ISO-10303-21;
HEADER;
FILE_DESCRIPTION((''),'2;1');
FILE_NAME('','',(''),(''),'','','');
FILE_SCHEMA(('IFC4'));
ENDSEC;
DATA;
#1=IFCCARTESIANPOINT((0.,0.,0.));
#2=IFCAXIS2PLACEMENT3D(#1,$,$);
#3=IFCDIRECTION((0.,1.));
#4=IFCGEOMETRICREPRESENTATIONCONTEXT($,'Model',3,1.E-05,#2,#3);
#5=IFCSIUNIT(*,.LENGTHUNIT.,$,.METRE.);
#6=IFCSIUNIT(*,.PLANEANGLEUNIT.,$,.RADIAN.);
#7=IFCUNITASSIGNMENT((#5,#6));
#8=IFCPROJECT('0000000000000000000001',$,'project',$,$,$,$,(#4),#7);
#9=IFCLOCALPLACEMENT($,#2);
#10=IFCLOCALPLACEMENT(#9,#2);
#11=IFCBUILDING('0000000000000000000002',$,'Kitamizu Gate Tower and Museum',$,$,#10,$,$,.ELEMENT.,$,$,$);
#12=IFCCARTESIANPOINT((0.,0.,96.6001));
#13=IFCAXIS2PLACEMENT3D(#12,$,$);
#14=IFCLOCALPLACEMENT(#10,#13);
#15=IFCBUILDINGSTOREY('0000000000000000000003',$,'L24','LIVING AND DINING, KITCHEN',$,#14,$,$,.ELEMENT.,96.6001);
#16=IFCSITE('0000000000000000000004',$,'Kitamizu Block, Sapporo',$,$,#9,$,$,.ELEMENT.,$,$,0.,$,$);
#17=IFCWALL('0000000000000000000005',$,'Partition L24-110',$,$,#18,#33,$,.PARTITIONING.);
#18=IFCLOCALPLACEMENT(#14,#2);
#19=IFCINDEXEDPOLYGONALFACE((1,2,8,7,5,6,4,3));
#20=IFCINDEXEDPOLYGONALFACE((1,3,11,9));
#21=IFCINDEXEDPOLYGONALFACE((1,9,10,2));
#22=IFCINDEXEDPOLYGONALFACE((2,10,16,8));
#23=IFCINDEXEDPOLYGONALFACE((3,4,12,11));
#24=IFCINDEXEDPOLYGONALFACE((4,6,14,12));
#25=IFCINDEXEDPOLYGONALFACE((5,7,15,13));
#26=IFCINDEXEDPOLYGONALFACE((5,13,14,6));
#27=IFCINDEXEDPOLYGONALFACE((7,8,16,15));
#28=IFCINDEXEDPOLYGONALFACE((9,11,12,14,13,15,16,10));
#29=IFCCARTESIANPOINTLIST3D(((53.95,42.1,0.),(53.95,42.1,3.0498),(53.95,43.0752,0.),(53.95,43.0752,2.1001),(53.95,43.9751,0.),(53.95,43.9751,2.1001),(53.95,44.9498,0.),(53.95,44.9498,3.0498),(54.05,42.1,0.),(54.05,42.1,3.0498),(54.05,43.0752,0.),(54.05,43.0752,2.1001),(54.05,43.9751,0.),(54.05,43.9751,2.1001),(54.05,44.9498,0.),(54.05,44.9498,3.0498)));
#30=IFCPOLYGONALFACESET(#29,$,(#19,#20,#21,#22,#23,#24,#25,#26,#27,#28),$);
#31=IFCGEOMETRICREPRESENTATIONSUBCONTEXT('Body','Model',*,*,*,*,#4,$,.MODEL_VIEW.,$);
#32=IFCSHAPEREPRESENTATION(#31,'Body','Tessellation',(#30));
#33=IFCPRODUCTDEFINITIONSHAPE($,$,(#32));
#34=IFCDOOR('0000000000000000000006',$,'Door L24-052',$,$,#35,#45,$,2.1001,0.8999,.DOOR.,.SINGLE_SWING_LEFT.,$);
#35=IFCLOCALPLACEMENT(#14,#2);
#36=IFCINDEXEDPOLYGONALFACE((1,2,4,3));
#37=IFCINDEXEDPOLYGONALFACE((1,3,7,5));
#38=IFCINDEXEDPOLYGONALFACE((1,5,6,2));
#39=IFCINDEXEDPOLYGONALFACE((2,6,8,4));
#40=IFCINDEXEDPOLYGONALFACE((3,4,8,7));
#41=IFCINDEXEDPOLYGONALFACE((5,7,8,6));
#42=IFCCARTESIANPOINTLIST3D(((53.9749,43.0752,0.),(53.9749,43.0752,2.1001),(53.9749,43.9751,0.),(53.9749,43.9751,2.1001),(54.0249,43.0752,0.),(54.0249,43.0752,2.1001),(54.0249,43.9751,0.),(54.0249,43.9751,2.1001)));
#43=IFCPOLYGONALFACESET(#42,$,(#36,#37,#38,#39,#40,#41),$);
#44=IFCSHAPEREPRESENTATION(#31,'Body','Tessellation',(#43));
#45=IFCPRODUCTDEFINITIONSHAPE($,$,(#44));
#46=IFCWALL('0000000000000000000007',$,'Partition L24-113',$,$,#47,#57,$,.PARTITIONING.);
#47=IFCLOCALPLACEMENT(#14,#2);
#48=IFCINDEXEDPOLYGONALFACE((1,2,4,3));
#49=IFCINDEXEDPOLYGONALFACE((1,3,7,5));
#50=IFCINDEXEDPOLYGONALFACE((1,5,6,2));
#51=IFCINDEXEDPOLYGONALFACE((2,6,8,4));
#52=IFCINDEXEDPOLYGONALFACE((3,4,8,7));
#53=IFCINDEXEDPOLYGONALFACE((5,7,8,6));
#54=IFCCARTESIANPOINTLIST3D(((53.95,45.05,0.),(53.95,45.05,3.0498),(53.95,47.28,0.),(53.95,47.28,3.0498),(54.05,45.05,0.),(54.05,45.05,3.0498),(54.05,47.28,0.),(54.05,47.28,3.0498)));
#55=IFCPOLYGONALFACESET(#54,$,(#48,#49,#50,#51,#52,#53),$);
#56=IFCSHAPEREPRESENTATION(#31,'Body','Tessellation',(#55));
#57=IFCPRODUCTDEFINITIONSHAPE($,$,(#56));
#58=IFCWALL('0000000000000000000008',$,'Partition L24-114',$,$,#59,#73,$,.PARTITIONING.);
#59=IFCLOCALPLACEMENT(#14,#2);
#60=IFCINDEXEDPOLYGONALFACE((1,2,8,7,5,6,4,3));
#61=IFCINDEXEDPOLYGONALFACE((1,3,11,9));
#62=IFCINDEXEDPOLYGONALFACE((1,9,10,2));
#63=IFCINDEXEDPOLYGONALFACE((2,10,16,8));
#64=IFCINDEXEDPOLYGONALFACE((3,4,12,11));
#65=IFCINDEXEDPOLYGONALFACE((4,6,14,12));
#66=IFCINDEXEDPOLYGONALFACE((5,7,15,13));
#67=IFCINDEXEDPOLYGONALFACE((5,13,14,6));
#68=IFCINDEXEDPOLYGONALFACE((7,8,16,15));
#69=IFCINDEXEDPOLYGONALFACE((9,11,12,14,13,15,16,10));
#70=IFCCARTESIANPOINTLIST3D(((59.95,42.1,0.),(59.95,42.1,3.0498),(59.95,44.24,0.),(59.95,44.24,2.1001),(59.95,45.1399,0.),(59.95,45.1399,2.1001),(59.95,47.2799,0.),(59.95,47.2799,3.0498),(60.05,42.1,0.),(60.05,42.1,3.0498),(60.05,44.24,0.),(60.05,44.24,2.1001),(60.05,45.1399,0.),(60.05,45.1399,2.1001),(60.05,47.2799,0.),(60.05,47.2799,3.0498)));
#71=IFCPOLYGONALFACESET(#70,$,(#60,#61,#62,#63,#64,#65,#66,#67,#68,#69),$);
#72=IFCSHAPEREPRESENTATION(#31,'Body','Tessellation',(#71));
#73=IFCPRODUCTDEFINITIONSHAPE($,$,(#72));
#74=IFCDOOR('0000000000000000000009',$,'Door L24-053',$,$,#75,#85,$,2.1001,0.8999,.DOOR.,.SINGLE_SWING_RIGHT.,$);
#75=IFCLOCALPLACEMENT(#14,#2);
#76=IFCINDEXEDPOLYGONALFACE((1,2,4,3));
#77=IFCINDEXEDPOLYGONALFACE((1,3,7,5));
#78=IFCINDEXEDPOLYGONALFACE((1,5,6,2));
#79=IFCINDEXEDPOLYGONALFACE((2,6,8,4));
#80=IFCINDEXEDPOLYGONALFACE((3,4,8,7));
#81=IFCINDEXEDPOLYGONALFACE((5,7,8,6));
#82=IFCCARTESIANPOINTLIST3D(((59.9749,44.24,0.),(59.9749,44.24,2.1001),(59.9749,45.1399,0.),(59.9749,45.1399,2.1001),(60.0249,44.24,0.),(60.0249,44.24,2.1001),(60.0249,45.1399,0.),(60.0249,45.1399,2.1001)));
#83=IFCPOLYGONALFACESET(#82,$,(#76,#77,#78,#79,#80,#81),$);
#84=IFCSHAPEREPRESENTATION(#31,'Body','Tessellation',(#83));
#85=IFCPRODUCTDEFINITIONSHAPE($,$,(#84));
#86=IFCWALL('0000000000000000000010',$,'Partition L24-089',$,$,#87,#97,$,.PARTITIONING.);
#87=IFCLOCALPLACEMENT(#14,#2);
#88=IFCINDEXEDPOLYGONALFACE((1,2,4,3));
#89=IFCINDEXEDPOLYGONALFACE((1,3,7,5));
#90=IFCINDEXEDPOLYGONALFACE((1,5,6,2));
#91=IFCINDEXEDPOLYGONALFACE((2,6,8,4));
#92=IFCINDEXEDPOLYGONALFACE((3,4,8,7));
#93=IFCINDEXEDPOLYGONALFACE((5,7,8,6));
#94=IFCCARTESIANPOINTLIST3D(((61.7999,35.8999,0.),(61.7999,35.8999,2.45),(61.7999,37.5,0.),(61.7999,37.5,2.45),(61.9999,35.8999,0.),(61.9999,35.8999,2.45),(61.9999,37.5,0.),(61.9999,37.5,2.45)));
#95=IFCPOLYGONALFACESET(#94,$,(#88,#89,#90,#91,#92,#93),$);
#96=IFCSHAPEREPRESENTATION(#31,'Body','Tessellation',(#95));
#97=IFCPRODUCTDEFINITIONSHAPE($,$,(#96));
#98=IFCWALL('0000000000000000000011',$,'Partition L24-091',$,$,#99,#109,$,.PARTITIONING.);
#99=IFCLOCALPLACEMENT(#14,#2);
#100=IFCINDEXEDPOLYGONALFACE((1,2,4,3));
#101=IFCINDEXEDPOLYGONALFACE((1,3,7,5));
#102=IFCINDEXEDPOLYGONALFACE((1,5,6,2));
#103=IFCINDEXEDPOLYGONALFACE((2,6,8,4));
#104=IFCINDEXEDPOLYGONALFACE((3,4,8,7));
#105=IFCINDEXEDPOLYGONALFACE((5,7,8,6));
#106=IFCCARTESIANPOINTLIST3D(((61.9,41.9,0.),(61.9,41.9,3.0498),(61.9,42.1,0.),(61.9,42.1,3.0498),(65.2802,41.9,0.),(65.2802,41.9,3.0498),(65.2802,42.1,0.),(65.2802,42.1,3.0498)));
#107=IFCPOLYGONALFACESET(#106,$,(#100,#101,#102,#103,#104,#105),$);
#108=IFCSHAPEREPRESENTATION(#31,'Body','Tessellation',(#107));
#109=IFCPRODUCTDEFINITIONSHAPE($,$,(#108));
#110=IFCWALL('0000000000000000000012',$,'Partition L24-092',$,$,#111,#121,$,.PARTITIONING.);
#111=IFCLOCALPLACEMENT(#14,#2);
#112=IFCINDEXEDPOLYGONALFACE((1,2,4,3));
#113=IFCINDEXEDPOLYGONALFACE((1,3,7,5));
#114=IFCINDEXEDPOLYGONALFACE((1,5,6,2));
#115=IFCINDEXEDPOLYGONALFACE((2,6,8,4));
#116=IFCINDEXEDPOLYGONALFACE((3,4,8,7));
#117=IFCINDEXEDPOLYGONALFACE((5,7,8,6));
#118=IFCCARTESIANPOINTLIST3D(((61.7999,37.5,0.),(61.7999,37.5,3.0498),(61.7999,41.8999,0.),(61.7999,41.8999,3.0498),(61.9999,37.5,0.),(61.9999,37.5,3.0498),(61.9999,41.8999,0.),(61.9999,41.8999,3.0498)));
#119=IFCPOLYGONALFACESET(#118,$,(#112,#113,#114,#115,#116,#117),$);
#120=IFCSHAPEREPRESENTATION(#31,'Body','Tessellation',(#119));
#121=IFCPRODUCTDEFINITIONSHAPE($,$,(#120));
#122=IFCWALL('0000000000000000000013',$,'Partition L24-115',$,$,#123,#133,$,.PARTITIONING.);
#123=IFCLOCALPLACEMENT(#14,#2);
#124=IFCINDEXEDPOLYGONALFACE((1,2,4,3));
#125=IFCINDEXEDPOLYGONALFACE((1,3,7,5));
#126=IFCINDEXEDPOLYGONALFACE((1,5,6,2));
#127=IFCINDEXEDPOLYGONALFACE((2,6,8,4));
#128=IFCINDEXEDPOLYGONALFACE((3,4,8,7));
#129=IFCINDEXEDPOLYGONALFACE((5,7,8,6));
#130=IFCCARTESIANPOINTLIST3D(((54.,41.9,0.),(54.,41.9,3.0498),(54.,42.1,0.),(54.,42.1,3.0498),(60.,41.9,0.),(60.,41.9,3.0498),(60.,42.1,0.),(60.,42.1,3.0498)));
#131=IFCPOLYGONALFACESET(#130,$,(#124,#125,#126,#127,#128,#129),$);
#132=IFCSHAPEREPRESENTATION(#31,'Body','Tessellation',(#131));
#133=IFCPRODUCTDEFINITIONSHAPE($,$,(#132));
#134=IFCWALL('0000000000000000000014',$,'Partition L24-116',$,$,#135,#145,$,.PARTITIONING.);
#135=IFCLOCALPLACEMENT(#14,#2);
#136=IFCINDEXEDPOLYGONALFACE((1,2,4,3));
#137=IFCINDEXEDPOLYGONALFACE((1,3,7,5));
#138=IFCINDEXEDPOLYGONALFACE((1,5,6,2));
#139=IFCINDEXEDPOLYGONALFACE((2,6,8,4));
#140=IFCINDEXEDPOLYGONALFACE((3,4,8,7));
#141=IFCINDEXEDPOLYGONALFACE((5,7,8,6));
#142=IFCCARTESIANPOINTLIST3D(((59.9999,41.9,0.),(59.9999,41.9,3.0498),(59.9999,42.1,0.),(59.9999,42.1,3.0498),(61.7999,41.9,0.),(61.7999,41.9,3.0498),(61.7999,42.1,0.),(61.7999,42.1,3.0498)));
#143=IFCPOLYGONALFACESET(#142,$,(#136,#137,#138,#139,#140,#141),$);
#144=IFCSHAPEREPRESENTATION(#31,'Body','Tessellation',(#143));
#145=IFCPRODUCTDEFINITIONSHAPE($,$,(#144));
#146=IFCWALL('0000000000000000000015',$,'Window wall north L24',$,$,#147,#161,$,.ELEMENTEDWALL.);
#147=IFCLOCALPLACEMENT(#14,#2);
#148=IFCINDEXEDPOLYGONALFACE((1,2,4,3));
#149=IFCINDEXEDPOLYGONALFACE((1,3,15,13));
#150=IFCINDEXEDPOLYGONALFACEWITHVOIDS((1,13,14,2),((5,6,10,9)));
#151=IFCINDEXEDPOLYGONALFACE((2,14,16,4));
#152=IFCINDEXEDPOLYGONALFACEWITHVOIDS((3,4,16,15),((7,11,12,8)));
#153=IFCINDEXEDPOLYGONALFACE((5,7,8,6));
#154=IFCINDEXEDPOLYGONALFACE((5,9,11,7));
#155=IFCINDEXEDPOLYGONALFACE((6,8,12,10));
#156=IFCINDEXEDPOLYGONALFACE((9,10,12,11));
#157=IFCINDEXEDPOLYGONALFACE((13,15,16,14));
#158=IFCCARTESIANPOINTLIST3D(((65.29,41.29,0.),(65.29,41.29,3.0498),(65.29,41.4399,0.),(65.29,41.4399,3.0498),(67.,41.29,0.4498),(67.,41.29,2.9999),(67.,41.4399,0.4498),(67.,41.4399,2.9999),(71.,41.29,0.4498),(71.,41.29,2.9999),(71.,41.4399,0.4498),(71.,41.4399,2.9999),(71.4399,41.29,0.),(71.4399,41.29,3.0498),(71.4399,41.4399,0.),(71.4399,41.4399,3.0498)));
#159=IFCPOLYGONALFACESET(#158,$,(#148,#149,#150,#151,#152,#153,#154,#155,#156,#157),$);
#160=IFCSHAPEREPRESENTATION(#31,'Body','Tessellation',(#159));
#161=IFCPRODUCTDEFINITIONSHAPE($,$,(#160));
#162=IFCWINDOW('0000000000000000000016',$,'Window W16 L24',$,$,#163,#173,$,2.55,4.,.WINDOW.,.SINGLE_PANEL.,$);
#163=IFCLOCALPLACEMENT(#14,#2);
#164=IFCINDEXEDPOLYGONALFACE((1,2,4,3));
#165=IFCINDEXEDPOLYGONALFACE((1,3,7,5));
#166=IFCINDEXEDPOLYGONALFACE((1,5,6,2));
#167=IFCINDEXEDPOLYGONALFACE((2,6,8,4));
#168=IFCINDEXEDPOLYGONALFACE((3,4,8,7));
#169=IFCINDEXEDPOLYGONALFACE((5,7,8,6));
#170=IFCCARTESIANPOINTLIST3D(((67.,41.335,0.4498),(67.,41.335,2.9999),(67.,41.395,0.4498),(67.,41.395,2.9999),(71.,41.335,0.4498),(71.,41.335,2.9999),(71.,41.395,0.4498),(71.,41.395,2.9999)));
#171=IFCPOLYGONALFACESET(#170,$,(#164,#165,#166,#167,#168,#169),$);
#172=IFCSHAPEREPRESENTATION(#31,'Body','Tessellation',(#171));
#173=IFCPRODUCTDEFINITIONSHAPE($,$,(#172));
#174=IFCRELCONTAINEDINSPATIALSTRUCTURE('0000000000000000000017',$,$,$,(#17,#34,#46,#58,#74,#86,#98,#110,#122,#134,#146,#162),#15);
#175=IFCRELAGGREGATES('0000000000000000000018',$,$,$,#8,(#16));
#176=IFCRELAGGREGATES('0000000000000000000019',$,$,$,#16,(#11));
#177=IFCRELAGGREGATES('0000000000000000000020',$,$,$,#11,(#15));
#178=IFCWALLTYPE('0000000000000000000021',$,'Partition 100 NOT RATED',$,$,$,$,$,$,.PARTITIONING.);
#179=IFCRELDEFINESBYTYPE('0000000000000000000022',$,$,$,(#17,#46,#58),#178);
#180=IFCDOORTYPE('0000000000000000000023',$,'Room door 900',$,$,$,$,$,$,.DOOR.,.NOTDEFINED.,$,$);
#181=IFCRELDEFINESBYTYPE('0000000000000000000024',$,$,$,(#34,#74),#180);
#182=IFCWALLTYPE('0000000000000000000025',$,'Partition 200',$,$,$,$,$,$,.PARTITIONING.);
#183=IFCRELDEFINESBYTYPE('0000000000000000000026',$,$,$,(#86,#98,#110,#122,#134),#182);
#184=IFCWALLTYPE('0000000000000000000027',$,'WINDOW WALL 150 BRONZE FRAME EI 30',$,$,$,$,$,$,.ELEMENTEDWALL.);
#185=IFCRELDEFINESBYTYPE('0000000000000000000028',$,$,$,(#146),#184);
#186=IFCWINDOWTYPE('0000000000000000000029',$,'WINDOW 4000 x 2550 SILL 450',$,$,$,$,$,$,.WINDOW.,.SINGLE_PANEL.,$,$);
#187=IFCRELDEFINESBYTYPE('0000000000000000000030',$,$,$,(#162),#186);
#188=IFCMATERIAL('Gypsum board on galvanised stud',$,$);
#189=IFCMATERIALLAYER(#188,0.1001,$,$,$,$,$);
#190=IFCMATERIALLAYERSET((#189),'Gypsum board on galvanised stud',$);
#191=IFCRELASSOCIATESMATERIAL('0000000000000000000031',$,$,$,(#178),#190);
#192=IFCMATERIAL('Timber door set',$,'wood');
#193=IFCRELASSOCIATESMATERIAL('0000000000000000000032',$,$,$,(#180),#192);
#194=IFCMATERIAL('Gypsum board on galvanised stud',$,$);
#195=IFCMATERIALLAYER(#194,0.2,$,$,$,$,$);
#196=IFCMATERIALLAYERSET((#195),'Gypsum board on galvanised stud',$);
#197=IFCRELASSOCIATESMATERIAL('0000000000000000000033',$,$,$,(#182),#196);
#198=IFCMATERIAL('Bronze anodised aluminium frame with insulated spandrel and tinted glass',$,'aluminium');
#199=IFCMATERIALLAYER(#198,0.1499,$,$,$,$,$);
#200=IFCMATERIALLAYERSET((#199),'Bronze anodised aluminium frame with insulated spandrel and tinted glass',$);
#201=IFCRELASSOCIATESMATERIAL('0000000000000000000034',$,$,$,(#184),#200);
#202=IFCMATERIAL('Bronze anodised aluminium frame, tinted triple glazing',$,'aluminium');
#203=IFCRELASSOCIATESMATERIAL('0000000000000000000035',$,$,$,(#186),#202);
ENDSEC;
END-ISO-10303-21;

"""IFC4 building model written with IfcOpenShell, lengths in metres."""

from ifc_helpers import new_model, si_unit, direction, frame, frame_2d, origin, place, context, subcontext, project, spatial, rectangle, extrude, material, layer, layer_set, type_object, element, fill, save


model = new_model("IFC4")

# Units and contexts
model_context = context("Model", 3, precision=1e-05, world=origin(), true_north=direction((0.0, 1.0)))
body_context = subcontext(model_context, "Body", "Model", "MODEL_VIEW")
ifc_project = project(units=[si_unit("LENGTHUNIT", "METRE"), si_unit("PLANEANGLEUNIT", "RADIAN")], contexts=[model_context])

# Site, building, storey
site_placement = place(None, origin())
site = spatial("IfcSite", under=ifc_project, at=site_placement, Name="Kitamizu Block, Sapporo", CompositionType="ELEMENT", RefElevation=0.0)
building_placement = place(site_placement, origin())
building = spatial("IfcBuilding", under=site, at=building_placement, Name="Kitamizu Gate Tower and Museum", CompositionType="ELEMENT")
storey_placement = place(building_placement, frame((0.0, 0.0, 96.6001)))
storey = spatial("IfcBuildingStorey", under=building, at=storey_placement, Name="L24", Description="LIVING AND DINING, KITCHEN", CompositionType="ELEMENT", Elevation=96.6001)

# Shared definitions
ifc_material_1 = material(Name="Gypsum board on galvanised stud")
ifc_layer_1 = layer(ifc_material_1, 0.1001)
ifc_layer_set_1 = layer_set([ifc_layer_1], Name="Gypsum board on galvanised stud")
wall_type_1 = type_object("IfcWallType", Name="Partition 100 NOT RATED", PredefinedType="PARTITIONING", material=ifc_layer_set_1)

# Wall, opening, door
ifc_material_2 = material(Name="Timber door set", Category="wood")
door_type_1 = type_object("IfcDoorType", Name="Room door 900", OperationType="NOTDEFINED", PredefinedType="DOOR", material=ifc_material_2)
wall_1_placement = place(storey_placement, frame((54.0, 42.1001, 0.0), z_axis=(0.0, 0.0, 1.0), x_axis=(0.0, 1.0, 0.0)))
wall_1 = element("IfcWall", 1, at=wall_1_placement, inside=storey, type_object=wall_type_1, Name="Partition L24-110", PredefinedType="PARTITIONING", context=body_context, shape_type="SweptSolid", body=[
    extrude(rectangle(XDim=2.8499, YDim=0.1001, at=frame_2d((1.4248, 0.0))), origin(), (0.0, 0.0, 1.0), 3.0498),
])
opening_1_placement = place(wall_1_placement, frame((0.9751, 0.0, 0.0)))
opening_1 = element("IfcOpeningElement", 2, at=opening_1_placement, cuts=wall_1, PredefinedType="OPENING", context=body_context, shape_type="SweptSolid", body=[
    extrude(rectangle(XDim=0.8999, YDim=2.1001, at=frame_2d((0.45, 1.05))), frame((0.0, 0.0601, 0.0), z_axis=(0.0, -1.0, 0.0), x_axis=(1.0, 0.0, 0.0)), (0.0, 0.0, 1.0), 0.1201),
])
door_1_placement = place(opening_1_placement, frame((0.8999, 0.0, 0.0), x_axis=(-1.0, 0.0, 0.0)))
door_1 = element("IfcDoor", 3, at=door_1_placement, inside=storey, type_object=door_type_1, Name="Door L24-052", OperationType="SINGLE_SWING_LEFT", OverallHeight=2.1001, OverallWidth=0.8999, PredefinedType="DOOR", context=body_context, shape_type="SweptSolid", body=[
    extrude(rectangle(XDim=0.8999, YDim=2.1001, at=frame_2d((0.45, 1.05))), frame((0.0, 0.0249, 0.0), z_axis=(0.0, -1.0, 0.0), x_axis=(1.0, 0.0, 0.0)), (0.0, 0.0, 1.0), 0.05),
])
fill(opening_1, door_1)

# Wall
wall_2_placement = place(storey_placement, frame((54.0, 45.05, 0.0), z_axis=(0.0, 0.0, 1.0), x_axis=(0.0, 1.0, 0.0)))
element("IfcWall", 4, at=wall_2_placement, inside=storey, type_object=wall_type_1, Name="Partition L24-113", PredefinedType="PARTITIONING", context=body_context, shape_type="SweptSolid", body=[
    extrude(rectangle(XDim=2.23, YDim=0.1001, at=frame_2d((1.115, 0.0))), origin(), (0.0, 0.0, 1.0), 3.0498),
])

# Wall, opening, door
wall_3_placement = place(storey_placement, frame((60.0, 42.1001, 0.0), z_axis=(0.0, 0.0, 1.0), x_axis=(0.0, 1.0, 0.0)))
wall_3 = element("IfcWall", 5, at=wall_3_placement, inside=storey, type_object=wall_type_1, Name="Partition L24-114", PredefinedType="PARTITIONING", context=body_context, shape_type="SweptSolid", body=[
    extrude(rectangle(XDim=5.1799, YDim=0.1001, at=frame_2d((2.5898, 0.0))), origin(), (0.0, 0.0, 1.0), 3.0498),
])
opening_2_placement = place(wall_3_placement, frame((2.1399, 0.0, 0.0)))
opening_2 = element("IfcOpeningElement", 6, at=opening_2_placement, cuts=wall_3, PredefinedType="OPENING", context=body_context, shape_type="SweptSolid", body=[
    extrude(rectangle(XDim=0.8999, YDim=2.1001, at=frame_2d((0.45, 1.05))), frame((0.0, 0.0601, 0.0), z_axis=(0.0, -1.0, 0.0), x_axis=(1.0, 0.0, 0.0)), (0.0, 0.0, 1.0), 0.1201),
])
door_2_placement = place(opening_2_placement, frame((0.8999, 0.0, 0.0), x_axis=(-1.0, 0.0, 0.0)))
door_2 = element("IfcDoor", 7, at=door_2_placement, inside=storey, type_object=door_type_1, Name="Door L24-053", OperationType="SINGLE_SWING_RIGHT", OverallHeight=2.1001, OverallWidth=0.8999, PredefinedType="DOOR", context=body_context, shape_type="SweptSolid", body=[
    extrude(rectangle(XDim=0.8999, YDim=2.1001, at=frame_2d((0.45, 1.05))), frame((0.0, 0.0249, 0.0), z_axis=(0.0, -1.0, 0.0), x_axis=(1.0, 0.0, 0.0)), (0.0, 0.0, 1.0), 0.05),
])
fill(opening_2, door_2)

# Walls
ifc_material_3 = material(Name="Gypsum board on galvanised stud")
ifc_layer_2 = layer(ifc_material_3, 0.2)
ifc_layer_set_2 = layer_set([ifc_layer_2], Name="Gypsum board on galvanised stud")
wall_type_2 = type_object("IfcWallType", Name="Partition 200", PredefinedType="PARTITIONING", material=ifc_layer_set_2)
wall_4_placement = place(storey_placement, frame((61.8999, 37.5, 0.0), z_axis=(0.0, 0.0, 1.0), x_axis=(0.0, -1.0, 0.0)))
element("IfcWall", 8, at=wall_4_placement, inside=storey, type_object=wall_type_2, Name="Partition L24-089", PredefinedType="PARTITIONING", context=body_context, shape_type="SweptSolid", body=[
    extrude(rectangle(XDim=1.6001, YDim=0.2, at=frame_2d((0.8, 0.0))), origin(), (0.0, 0.0, 1.0), 2.45),
])
wall_5_placement = place(storey_placement, frame((65.28, 42.0, 0.0), z_axis=(0.0, 0.0, 1.0), x_axis=(-1.0, 0.0, 0.0)))
element("IfcWall", 9, at=wall_5_placement, inside=storey, type_object=wall_type_2, Name="Partition L24-091", PredefinedType="PARTITIONING", context=body_context, shape_type="SweptSolid", body=[
    extrude(rectangle(XDim=3.3801, YDim=0.2, at=frame_2d((1.6899, 0.0))), origin(), (0.0, 0.0, 1.0), 3.0498),
])
wall_6_placement = place(storey_placement, frame((61.8999, 41.8999, 0.0), z_axis=(0.0, 0.0, 1.0), x_axis=(0.0, -1.0, 0.0)))
element("IfcWall", 10, at=wall_6_placement, inside=storey, type_object=wall_type_2, Name="Partition L24-092", PredefinedType="PARTITIONING", context=body_context, shape_type="SweptSolid", body=[
    extrude(rectangle(XDim=4.3999, YDim=0.2, at=frame_2d((2.2, 0.0))), origin(), (0.0, 0.0, 1.0), 3.0498),
])
wall_7_placement = place(storey_placement, frame((54.0, 42.0, 0.0), z_axis=(0.0, 0.0, 1.0), x_axis=(1.0, 0.0, 0.0)))
element("IfcWall", 11, at=wall_7_placement, inside=storey, type_object=wall_type_2, Name="Partition L24-115", PredefinedType="PARTITIONING", context=body_context, shape_type="SweptSolid", body=[
    extrude(rectangle(XDim=6.0, YDim=0.2, at=frame_2d((3.0, 0.0))), origin(), (0.0, 0.0, 1.0), 3.0498),
])
wall_8_placement = place(storey_placement, frame((60.0, 42.0, 0.0), z_axis=(0.0, 0.0, 1.0), x_axis=(1.0, 0.0, 0.0)))
element("IfcWall", 12, at=wall_8_placement, inside=storey, type_object=wall_type_2, Name="Partition L24-116", PredefinedType="PARTITIONING", context=body_context, shape_type="SweptSolid", body=[
    extrude(rectangle(XDim=1.8, YDim=0.2, at=frame_2d((0.8999, 0.0))), origin(), (0.0, 0.0, 1.0), 3.0498),
])

# Wall, opening, window
ifc_material_4 = material(Name="Bronze anodised aluminium frame with insulated spandrel and tinted glass", Category="aluminium")
ifc_layer_3 = layer(ifc_material_4, 0.1499)
ifc_layer_set_3 = layer_set([ifc_layer_3], Name="Bronze anodised aluminium frame with insulated spandrel and tinted glass")
wall_type_3 = type_object("IfcWallType", Name="WINDOW WALL 150 BRONZE FRAME EI 30", PredefinedType="ELEMENTEDWALL", material=ifc_layer_set_3)
wall_9_placement = place(storey_placement, frame((65.29, 41.365, 0.0), z_axis=(0.0, 0.0, 1.0), x_axis=(1.0, 0.0, 0.0)))
wall_9 = element("IfcWall", 13, at=wall_9_placement, inside=storey, type_object=wall_type_3, Name="Window wall north L24", PredefinedType="ELEMENTEDWALL", context=body_context, shape_type="SweptSolid", body=[
    extrude(rectangle(XDim=6.1499, YDim=0.1499, at=frame_2d((3.075, 0.0))), origin(), (0.0, 0.0, 1.0), 3.0498),
])
opening_3_placement = place(wall_9_placement, frame((1.71, 0.0, 0.45)))
opening_3 = element("IfcOpeningElement", 14, at=opening_3_placement, cuts=wall_9, PredefinedType="OPENING", context=body_context, shape_type="SweptSolid", body=[
    extrude(rectangle(XDim=4.0, YDim=2.55, at=frame_2d((2.0, 1.2749))), frame((0.0, 0.085, 0.0), z_axis=(0.0, -1.0, 0.0), x_axis=(1.0, 0.0, 0.0)), (0.0, 0.0, 1.0), 0.1699),
])
ifc_material_5 = material(Name="Bronze anodised aluminium frame, tinted triple glazing", Category="aluminium")
window_type = type_object("IfcWindowType", Name="WINDOW 4000 x 2550 SILL 450", PartitioningType="SINGLE_PANEL", PredefinedType="WINDOW", material=ifc_material_5)
window_1_placement = place(opening_3_placement, origin())
window_1 = element("IfcWindow", 15, at=window_1_placement, inside=storey, type_object=window_type, Name="Window W16 L24", OverallHeight=2.55, OverallWidth=4.0, PartitioningType="SINGLE_PANEL", PredefinedType="WINDOW", context=body_context, shape_type="SweptSolid", body=[
    extrude(rectangle(XDim=4.0, YDim=2.55, at=frame_2d((2.0, 1.2749))), frame((0.0, 0.03, 0.0), z_axis=(0.0, -1.0, 0.0), x_axis=(1.0, 0.0, 0.0)), (0.0, 0.0, 1.0), 0.0601),
])
fill(opening_3, window_1)

save(model, "model.ifc")
